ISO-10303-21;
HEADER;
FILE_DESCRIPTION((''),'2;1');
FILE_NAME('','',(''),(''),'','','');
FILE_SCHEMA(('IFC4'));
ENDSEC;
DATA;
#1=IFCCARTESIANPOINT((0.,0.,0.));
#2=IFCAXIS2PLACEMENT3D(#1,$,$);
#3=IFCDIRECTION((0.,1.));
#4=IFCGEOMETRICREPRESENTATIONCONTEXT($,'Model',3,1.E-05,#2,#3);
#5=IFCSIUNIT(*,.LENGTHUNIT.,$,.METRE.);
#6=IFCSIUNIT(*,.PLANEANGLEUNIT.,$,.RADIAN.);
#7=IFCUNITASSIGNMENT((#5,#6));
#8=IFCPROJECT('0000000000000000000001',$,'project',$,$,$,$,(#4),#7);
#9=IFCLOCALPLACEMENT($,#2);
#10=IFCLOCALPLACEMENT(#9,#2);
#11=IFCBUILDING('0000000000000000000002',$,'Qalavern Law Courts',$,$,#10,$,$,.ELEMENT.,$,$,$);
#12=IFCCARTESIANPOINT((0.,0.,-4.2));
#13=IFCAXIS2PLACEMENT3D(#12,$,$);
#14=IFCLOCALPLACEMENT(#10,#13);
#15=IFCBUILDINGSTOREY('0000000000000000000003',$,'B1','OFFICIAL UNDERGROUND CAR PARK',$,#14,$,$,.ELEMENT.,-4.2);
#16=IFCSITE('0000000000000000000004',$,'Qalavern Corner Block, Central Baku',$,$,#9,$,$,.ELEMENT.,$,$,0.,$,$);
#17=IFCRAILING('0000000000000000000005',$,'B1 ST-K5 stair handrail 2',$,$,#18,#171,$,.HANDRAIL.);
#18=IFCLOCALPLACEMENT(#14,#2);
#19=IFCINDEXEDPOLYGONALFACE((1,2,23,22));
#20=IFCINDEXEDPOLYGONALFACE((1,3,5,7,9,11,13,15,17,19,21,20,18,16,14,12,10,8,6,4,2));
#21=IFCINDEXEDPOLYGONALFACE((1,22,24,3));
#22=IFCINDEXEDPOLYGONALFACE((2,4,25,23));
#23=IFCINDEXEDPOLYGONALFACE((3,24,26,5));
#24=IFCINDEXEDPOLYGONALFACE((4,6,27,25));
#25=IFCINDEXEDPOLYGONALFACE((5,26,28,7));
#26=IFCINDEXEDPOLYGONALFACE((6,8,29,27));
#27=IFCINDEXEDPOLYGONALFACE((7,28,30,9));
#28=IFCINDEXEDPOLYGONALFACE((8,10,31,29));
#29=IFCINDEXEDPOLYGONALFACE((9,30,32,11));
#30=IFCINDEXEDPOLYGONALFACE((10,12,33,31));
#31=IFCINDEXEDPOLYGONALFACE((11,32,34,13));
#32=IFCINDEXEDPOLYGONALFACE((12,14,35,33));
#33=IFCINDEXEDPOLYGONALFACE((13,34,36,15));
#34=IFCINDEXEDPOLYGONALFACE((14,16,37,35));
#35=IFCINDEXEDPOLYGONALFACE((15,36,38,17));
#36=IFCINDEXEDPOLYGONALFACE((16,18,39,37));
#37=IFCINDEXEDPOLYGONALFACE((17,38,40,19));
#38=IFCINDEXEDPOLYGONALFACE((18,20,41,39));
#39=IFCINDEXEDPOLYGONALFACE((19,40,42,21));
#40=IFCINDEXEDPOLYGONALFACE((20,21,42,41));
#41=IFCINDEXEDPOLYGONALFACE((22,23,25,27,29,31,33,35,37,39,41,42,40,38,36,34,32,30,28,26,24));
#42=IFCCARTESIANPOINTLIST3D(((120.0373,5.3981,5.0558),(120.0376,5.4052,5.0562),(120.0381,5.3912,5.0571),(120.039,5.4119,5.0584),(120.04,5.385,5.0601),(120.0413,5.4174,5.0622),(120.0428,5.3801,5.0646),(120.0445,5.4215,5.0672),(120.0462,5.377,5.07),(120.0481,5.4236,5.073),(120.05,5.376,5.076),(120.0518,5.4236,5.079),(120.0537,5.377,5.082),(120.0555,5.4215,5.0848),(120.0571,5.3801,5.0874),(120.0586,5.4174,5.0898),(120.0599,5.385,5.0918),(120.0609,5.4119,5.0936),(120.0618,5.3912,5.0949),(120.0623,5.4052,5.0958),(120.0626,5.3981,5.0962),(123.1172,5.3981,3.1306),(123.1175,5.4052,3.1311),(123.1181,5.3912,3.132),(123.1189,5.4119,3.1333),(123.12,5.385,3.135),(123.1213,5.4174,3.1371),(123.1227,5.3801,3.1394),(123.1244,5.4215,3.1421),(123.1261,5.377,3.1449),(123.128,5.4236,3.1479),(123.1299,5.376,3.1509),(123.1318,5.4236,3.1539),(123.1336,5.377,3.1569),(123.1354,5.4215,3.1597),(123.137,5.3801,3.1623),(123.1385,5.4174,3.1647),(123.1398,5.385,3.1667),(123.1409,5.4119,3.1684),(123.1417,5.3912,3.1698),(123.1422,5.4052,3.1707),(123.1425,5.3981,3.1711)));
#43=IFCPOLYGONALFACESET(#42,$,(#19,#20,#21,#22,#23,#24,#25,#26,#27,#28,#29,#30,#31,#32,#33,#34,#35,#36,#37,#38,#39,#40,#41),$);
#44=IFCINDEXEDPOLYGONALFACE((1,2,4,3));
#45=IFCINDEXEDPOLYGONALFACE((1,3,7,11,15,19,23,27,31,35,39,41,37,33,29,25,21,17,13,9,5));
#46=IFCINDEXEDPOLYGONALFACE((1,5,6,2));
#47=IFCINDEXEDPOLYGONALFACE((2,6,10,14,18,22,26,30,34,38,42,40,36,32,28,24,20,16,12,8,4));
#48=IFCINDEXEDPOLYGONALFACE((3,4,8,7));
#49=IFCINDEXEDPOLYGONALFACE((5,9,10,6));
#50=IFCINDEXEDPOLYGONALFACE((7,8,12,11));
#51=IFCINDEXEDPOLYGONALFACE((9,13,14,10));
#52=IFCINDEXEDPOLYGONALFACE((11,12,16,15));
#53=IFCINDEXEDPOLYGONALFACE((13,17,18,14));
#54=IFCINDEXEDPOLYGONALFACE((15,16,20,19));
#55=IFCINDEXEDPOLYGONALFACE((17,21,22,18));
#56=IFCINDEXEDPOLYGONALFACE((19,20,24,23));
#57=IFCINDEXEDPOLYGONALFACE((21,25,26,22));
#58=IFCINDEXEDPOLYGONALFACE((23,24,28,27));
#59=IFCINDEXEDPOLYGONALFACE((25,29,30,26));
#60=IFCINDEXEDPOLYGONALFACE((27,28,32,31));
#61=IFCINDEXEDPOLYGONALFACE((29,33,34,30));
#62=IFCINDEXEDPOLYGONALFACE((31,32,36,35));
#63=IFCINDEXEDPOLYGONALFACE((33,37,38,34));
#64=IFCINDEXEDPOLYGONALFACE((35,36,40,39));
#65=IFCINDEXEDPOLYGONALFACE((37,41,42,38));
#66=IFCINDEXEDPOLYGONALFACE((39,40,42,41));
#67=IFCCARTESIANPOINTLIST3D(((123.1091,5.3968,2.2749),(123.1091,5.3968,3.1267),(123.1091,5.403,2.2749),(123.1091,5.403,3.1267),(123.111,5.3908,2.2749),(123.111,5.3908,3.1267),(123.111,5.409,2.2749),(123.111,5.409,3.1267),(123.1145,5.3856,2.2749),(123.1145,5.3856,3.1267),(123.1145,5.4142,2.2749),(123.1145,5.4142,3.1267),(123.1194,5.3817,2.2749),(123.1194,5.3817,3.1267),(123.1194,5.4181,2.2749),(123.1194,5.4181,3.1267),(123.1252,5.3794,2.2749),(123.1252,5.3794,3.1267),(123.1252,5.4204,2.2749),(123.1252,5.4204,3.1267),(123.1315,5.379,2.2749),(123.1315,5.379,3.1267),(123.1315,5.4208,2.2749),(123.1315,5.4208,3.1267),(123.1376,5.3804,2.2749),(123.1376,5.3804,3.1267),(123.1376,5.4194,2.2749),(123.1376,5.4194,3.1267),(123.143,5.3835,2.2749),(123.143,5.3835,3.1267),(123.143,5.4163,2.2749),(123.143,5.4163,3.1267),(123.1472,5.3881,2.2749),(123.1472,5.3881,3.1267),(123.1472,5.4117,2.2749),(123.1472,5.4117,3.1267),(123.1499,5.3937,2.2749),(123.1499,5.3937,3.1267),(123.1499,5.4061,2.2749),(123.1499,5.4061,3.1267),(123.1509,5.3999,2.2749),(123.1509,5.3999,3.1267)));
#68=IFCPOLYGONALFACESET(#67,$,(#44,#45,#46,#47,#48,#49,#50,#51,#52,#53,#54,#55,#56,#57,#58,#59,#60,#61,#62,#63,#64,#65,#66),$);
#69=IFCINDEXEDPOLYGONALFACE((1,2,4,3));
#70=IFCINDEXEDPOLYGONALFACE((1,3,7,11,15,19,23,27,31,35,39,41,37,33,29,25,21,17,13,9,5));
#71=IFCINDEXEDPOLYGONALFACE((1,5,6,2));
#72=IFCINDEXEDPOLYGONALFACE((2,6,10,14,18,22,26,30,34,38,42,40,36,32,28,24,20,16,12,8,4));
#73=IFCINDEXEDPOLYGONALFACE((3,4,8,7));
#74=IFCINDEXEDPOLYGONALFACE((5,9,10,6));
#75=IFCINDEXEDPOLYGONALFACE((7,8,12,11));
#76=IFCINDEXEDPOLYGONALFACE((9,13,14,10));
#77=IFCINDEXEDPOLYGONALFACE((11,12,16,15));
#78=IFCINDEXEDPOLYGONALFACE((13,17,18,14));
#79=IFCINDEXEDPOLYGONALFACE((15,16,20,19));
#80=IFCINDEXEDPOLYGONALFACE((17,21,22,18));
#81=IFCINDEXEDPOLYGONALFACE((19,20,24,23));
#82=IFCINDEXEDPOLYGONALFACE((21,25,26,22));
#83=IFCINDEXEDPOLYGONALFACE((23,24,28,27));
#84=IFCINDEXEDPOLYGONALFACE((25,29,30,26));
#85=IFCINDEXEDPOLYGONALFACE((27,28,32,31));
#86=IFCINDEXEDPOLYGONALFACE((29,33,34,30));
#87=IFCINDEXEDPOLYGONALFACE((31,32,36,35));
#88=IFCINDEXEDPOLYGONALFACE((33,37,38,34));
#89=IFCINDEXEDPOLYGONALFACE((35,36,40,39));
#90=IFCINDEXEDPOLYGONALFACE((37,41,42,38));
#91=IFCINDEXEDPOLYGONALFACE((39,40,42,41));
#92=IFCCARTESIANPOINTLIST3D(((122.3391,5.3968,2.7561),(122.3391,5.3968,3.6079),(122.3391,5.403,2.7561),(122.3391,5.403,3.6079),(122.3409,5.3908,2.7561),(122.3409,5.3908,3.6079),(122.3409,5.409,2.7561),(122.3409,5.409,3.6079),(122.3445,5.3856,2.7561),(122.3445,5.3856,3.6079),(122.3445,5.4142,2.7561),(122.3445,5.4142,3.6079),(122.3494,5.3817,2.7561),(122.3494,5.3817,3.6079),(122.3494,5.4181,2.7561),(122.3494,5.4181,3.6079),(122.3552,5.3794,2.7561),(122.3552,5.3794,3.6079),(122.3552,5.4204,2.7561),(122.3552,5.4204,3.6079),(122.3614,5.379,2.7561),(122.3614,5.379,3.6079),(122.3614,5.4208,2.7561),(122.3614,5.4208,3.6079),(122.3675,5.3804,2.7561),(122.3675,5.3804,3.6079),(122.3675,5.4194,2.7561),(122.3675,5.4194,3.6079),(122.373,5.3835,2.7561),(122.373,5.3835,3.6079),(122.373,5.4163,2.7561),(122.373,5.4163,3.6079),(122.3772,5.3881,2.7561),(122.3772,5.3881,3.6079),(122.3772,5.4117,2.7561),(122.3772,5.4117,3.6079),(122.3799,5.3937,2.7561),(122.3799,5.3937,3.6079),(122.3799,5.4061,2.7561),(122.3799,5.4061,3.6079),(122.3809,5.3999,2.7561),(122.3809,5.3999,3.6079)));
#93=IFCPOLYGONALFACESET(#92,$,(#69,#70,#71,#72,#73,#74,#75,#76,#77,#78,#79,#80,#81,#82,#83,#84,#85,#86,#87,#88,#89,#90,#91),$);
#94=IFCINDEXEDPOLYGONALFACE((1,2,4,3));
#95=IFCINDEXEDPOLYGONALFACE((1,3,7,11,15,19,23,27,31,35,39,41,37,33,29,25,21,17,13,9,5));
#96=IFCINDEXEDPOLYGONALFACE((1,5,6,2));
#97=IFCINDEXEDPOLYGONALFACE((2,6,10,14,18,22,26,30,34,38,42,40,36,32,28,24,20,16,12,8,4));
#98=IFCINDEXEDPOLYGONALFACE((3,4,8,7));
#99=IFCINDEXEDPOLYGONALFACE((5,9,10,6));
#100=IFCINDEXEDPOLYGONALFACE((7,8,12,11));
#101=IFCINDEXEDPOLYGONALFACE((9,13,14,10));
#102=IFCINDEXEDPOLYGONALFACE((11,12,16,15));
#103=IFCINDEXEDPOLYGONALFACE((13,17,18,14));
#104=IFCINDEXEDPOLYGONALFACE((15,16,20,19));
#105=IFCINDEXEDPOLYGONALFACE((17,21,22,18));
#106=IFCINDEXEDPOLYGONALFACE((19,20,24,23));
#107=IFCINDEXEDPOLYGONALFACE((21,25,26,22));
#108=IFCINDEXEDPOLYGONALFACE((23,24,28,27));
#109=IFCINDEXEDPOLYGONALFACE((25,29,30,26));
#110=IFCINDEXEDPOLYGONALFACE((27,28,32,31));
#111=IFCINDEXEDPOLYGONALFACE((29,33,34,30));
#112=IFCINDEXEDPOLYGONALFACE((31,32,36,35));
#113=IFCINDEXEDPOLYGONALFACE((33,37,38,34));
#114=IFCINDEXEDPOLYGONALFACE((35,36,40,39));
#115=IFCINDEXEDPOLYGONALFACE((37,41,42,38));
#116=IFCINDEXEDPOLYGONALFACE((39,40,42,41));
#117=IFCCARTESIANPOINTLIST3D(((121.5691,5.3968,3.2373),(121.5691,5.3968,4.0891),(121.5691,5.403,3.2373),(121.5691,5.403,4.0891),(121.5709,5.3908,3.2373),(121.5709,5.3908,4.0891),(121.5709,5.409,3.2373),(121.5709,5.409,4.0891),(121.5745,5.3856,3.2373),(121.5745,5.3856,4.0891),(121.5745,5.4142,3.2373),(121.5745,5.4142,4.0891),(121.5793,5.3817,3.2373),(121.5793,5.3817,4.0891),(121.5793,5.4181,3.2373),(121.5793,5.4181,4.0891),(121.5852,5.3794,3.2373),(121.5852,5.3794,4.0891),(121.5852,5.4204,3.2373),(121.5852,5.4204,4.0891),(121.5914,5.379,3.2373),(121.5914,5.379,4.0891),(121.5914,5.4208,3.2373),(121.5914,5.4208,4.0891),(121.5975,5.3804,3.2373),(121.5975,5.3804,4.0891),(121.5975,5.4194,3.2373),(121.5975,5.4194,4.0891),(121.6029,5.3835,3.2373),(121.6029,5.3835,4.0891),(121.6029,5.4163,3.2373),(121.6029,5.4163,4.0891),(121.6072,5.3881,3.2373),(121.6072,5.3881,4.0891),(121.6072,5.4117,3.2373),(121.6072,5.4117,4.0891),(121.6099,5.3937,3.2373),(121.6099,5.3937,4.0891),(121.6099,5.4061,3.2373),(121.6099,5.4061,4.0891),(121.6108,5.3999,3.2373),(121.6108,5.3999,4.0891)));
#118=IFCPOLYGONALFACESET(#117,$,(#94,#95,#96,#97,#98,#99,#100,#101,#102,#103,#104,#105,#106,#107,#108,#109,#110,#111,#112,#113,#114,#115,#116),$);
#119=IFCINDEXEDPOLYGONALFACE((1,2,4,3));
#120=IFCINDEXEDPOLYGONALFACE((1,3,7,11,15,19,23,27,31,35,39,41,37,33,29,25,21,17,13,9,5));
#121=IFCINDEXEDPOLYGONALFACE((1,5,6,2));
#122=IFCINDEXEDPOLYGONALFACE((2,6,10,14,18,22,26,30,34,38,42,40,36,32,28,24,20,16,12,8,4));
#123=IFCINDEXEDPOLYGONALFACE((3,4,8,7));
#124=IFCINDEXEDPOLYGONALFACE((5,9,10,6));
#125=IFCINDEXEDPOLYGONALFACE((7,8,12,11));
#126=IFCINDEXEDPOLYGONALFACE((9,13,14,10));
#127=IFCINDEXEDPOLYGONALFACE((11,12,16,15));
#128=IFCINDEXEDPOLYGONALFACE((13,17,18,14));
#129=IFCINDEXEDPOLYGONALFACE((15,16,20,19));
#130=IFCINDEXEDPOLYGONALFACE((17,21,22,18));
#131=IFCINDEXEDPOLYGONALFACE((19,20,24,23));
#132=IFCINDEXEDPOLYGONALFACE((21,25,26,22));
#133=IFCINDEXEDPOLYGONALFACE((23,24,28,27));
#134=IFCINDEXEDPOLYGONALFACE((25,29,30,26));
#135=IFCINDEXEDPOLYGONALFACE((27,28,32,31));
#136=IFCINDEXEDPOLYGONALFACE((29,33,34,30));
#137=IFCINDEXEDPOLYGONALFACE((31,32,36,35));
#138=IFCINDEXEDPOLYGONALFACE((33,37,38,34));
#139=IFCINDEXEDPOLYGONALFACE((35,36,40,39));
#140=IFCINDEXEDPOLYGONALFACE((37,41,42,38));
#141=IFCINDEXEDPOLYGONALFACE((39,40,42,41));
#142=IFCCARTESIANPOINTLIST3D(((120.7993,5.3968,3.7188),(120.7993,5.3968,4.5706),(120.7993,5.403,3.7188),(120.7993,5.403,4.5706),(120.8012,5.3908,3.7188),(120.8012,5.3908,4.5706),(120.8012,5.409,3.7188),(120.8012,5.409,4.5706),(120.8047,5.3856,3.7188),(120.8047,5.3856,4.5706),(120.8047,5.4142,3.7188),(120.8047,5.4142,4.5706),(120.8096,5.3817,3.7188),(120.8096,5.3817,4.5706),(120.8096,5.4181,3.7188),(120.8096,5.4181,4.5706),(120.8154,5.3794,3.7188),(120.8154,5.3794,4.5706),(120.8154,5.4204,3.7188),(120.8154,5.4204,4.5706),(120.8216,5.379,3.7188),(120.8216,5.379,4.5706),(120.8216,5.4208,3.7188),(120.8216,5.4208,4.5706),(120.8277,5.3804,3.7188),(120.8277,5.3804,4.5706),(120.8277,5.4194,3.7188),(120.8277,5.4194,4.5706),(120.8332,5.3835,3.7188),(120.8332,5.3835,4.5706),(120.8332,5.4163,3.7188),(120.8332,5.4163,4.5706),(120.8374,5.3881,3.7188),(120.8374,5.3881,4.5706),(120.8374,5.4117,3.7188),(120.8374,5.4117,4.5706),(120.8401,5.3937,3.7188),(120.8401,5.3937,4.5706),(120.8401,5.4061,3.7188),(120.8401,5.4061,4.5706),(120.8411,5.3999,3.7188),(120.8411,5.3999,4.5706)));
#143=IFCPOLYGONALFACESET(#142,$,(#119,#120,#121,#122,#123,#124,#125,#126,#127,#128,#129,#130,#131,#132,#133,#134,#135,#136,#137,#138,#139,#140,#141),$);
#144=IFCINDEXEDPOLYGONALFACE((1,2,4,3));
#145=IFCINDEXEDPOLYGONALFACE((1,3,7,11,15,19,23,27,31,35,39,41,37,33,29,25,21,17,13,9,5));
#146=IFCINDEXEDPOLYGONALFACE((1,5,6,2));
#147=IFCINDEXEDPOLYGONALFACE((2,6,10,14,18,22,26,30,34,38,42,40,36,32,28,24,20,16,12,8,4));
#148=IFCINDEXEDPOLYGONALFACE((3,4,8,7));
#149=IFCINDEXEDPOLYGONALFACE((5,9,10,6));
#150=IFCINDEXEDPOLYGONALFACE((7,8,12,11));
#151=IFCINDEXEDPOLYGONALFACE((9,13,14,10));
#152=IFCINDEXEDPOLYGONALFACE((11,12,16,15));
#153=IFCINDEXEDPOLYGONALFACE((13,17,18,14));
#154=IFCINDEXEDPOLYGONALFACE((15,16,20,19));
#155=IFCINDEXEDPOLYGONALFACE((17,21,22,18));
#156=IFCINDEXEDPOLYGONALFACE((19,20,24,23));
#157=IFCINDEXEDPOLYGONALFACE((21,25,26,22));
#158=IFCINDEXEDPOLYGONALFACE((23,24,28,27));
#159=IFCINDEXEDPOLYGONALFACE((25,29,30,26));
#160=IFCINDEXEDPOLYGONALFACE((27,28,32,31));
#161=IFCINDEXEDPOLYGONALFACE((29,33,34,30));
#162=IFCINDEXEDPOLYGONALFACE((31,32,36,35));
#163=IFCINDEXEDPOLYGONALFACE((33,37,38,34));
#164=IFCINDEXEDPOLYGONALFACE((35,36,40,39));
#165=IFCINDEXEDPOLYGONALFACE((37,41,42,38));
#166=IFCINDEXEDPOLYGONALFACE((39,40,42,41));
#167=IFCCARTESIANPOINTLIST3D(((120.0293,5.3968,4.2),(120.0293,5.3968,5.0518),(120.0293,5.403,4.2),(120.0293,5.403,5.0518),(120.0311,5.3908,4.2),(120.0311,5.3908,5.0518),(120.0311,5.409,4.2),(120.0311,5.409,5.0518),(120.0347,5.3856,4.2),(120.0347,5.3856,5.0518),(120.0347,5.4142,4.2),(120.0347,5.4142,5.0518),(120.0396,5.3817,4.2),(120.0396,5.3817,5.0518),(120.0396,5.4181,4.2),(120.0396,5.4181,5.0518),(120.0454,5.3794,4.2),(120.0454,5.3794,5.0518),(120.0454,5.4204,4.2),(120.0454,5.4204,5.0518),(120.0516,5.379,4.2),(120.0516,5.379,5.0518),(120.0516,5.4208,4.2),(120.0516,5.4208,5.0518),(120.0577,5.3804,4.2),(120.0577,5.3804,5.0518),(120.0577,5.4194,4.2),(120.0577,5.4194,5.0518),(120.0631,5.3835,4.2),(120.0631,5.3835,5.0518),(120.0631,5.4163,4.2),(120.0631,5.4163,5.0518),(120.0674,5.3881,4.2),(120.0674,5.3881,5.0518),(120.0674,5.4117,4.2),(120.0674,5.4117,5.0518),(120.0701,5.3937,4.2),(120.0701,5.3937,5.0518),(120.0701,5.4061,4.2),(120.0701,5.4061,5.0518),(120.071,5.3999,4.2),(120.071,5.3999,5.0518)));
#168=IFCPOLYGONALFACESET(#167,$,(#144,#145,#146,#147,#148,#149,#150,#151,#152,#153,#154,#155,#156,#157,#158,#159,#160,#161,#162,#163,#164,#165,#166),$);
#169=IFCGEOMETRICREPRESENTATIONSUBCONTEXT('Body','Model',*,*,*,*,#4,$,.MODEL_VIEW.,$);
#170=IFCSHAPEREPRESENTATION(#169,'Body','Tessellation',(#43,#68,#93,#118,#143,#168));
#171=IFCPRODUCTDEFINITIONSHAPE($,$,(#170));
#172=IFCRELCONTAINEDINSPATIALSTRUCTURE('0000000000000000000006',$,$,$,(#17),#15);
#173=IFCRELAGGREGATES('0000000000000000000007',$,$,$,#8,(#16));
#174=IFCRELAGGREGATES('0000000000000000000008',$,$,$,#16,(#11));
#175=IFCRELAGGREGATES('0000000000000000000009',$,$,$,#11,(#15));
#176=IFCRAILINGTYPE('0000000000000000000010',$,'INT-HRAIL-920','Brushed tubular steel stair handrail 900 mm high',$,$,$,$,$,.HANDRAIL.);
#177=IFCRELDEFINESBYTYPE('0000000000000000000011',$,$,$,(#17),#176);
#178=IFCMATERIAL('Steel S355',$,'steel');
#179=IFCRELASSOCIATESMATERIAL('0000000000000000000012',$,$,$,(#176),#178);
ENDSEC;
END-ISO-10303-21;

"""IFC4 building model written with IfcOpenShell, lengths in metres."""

from ifc_helpers import new_model, si_unit, direction, frame, origin, origin_2d, place, context, subcontext, project, spatial, circle, extrude, material, type_object, element, save


model = new_model("IFC4")

# Units and contexts
model_context = context("Model", 3, precision=1e-05, world=origin(), true_north=direction((0.0, 1.0)))
body_context = subcontext(model_context, "Body", "Model", "MODEL_VIEW")
ifc_project = project(units=[si_unit("LENGTHUNIT", "METRE"), si_unit("PLANEANGLEUNIT", "RADIAN")], contexts=[model_context])

# Site, building, storey
site_placement = place(None, origin())
site = spatial("IfcSite", under=ifc_project, at=site_placement, Name="Qalavern Corner Block, Central Baku", CompositionType="ELEMENT", RefElevation=0.0)
building_placement = place(site_placement, origin())
building = spatial("IfcBuilding", under=site, at=building_placement, Name="Qalavern Law Courts", CompositionType="ELEMENT")
storey_placement = place(building_placement, frame((0.0, 0.0, -4.2)))
storey = spatial("IfcBuildingStorey", under=building, at=storey_placement, Name="B1", Description="OFFICIAL UNDERGROUND CAR PARK", CompositionType="ELEMENT", Elevation=-4.2)

# Shared definitions
ifc_material_1 = material(Name="Steel S355", Category="steel")

# Railing
railing_type_1 = type_object("IfcRailingType", Name="INT-HRAIL-920", Description="Brushed tubular steel stair handrail 900 mm high", PredefinedType="HANDRAIL", material=ifc_material_1)
railing_1_placement = place(storey_placement, frame((123.1299, 5.3999, 2.2749)))
element("IfcRailing", 1, at=railing_1_placement, inside=storey, type_object=railing_type_1, Name="B1 ST-K5 stair handrail 2", PredefinedType="HANDRAIL", context=body_context, shape_type="SweptSolid", body=[
    extrude(circle(Radius=0.0239, at=origin_2d()), frame((0.0, 0.0, 0.876), z_axis=(-0.847979, 0.0, 0.530029), x_axis=(0.0, -1.0, 0.0)), (0.0, 0.0, 1.0), 3.6321),
    extrude(circle(Radius=0.021, at=origin_2d()), origin(), (0.0, 0.0, 1.0), 0.8518),
    extrude(circle(Radius=0.021, at=origin_2d()), frame((-0.77, 0.0, 0.4812)), (0.0, 0.0, 1.0), 0.8518),
    extrude(circle(Radius=0.021, at=origin_2d()), frame((-1.54, 0.0, 0.9624)), (0.0, 0.0, 1.0), 0.8518),
    extrude(circle(Radius=0.021, at=origin_2d()), frame((-2.3098, 0.0, 1.4438)), (0.0, 0.0, 1.0), 0.8518),
    extrude(circle(Radius=0.021, at=origin_2d()), frame((-3.0798, 0.0, 1.925)), (0.0, 0.0, 1.0), 0.8518),
])

save(model, "model.ifc")
